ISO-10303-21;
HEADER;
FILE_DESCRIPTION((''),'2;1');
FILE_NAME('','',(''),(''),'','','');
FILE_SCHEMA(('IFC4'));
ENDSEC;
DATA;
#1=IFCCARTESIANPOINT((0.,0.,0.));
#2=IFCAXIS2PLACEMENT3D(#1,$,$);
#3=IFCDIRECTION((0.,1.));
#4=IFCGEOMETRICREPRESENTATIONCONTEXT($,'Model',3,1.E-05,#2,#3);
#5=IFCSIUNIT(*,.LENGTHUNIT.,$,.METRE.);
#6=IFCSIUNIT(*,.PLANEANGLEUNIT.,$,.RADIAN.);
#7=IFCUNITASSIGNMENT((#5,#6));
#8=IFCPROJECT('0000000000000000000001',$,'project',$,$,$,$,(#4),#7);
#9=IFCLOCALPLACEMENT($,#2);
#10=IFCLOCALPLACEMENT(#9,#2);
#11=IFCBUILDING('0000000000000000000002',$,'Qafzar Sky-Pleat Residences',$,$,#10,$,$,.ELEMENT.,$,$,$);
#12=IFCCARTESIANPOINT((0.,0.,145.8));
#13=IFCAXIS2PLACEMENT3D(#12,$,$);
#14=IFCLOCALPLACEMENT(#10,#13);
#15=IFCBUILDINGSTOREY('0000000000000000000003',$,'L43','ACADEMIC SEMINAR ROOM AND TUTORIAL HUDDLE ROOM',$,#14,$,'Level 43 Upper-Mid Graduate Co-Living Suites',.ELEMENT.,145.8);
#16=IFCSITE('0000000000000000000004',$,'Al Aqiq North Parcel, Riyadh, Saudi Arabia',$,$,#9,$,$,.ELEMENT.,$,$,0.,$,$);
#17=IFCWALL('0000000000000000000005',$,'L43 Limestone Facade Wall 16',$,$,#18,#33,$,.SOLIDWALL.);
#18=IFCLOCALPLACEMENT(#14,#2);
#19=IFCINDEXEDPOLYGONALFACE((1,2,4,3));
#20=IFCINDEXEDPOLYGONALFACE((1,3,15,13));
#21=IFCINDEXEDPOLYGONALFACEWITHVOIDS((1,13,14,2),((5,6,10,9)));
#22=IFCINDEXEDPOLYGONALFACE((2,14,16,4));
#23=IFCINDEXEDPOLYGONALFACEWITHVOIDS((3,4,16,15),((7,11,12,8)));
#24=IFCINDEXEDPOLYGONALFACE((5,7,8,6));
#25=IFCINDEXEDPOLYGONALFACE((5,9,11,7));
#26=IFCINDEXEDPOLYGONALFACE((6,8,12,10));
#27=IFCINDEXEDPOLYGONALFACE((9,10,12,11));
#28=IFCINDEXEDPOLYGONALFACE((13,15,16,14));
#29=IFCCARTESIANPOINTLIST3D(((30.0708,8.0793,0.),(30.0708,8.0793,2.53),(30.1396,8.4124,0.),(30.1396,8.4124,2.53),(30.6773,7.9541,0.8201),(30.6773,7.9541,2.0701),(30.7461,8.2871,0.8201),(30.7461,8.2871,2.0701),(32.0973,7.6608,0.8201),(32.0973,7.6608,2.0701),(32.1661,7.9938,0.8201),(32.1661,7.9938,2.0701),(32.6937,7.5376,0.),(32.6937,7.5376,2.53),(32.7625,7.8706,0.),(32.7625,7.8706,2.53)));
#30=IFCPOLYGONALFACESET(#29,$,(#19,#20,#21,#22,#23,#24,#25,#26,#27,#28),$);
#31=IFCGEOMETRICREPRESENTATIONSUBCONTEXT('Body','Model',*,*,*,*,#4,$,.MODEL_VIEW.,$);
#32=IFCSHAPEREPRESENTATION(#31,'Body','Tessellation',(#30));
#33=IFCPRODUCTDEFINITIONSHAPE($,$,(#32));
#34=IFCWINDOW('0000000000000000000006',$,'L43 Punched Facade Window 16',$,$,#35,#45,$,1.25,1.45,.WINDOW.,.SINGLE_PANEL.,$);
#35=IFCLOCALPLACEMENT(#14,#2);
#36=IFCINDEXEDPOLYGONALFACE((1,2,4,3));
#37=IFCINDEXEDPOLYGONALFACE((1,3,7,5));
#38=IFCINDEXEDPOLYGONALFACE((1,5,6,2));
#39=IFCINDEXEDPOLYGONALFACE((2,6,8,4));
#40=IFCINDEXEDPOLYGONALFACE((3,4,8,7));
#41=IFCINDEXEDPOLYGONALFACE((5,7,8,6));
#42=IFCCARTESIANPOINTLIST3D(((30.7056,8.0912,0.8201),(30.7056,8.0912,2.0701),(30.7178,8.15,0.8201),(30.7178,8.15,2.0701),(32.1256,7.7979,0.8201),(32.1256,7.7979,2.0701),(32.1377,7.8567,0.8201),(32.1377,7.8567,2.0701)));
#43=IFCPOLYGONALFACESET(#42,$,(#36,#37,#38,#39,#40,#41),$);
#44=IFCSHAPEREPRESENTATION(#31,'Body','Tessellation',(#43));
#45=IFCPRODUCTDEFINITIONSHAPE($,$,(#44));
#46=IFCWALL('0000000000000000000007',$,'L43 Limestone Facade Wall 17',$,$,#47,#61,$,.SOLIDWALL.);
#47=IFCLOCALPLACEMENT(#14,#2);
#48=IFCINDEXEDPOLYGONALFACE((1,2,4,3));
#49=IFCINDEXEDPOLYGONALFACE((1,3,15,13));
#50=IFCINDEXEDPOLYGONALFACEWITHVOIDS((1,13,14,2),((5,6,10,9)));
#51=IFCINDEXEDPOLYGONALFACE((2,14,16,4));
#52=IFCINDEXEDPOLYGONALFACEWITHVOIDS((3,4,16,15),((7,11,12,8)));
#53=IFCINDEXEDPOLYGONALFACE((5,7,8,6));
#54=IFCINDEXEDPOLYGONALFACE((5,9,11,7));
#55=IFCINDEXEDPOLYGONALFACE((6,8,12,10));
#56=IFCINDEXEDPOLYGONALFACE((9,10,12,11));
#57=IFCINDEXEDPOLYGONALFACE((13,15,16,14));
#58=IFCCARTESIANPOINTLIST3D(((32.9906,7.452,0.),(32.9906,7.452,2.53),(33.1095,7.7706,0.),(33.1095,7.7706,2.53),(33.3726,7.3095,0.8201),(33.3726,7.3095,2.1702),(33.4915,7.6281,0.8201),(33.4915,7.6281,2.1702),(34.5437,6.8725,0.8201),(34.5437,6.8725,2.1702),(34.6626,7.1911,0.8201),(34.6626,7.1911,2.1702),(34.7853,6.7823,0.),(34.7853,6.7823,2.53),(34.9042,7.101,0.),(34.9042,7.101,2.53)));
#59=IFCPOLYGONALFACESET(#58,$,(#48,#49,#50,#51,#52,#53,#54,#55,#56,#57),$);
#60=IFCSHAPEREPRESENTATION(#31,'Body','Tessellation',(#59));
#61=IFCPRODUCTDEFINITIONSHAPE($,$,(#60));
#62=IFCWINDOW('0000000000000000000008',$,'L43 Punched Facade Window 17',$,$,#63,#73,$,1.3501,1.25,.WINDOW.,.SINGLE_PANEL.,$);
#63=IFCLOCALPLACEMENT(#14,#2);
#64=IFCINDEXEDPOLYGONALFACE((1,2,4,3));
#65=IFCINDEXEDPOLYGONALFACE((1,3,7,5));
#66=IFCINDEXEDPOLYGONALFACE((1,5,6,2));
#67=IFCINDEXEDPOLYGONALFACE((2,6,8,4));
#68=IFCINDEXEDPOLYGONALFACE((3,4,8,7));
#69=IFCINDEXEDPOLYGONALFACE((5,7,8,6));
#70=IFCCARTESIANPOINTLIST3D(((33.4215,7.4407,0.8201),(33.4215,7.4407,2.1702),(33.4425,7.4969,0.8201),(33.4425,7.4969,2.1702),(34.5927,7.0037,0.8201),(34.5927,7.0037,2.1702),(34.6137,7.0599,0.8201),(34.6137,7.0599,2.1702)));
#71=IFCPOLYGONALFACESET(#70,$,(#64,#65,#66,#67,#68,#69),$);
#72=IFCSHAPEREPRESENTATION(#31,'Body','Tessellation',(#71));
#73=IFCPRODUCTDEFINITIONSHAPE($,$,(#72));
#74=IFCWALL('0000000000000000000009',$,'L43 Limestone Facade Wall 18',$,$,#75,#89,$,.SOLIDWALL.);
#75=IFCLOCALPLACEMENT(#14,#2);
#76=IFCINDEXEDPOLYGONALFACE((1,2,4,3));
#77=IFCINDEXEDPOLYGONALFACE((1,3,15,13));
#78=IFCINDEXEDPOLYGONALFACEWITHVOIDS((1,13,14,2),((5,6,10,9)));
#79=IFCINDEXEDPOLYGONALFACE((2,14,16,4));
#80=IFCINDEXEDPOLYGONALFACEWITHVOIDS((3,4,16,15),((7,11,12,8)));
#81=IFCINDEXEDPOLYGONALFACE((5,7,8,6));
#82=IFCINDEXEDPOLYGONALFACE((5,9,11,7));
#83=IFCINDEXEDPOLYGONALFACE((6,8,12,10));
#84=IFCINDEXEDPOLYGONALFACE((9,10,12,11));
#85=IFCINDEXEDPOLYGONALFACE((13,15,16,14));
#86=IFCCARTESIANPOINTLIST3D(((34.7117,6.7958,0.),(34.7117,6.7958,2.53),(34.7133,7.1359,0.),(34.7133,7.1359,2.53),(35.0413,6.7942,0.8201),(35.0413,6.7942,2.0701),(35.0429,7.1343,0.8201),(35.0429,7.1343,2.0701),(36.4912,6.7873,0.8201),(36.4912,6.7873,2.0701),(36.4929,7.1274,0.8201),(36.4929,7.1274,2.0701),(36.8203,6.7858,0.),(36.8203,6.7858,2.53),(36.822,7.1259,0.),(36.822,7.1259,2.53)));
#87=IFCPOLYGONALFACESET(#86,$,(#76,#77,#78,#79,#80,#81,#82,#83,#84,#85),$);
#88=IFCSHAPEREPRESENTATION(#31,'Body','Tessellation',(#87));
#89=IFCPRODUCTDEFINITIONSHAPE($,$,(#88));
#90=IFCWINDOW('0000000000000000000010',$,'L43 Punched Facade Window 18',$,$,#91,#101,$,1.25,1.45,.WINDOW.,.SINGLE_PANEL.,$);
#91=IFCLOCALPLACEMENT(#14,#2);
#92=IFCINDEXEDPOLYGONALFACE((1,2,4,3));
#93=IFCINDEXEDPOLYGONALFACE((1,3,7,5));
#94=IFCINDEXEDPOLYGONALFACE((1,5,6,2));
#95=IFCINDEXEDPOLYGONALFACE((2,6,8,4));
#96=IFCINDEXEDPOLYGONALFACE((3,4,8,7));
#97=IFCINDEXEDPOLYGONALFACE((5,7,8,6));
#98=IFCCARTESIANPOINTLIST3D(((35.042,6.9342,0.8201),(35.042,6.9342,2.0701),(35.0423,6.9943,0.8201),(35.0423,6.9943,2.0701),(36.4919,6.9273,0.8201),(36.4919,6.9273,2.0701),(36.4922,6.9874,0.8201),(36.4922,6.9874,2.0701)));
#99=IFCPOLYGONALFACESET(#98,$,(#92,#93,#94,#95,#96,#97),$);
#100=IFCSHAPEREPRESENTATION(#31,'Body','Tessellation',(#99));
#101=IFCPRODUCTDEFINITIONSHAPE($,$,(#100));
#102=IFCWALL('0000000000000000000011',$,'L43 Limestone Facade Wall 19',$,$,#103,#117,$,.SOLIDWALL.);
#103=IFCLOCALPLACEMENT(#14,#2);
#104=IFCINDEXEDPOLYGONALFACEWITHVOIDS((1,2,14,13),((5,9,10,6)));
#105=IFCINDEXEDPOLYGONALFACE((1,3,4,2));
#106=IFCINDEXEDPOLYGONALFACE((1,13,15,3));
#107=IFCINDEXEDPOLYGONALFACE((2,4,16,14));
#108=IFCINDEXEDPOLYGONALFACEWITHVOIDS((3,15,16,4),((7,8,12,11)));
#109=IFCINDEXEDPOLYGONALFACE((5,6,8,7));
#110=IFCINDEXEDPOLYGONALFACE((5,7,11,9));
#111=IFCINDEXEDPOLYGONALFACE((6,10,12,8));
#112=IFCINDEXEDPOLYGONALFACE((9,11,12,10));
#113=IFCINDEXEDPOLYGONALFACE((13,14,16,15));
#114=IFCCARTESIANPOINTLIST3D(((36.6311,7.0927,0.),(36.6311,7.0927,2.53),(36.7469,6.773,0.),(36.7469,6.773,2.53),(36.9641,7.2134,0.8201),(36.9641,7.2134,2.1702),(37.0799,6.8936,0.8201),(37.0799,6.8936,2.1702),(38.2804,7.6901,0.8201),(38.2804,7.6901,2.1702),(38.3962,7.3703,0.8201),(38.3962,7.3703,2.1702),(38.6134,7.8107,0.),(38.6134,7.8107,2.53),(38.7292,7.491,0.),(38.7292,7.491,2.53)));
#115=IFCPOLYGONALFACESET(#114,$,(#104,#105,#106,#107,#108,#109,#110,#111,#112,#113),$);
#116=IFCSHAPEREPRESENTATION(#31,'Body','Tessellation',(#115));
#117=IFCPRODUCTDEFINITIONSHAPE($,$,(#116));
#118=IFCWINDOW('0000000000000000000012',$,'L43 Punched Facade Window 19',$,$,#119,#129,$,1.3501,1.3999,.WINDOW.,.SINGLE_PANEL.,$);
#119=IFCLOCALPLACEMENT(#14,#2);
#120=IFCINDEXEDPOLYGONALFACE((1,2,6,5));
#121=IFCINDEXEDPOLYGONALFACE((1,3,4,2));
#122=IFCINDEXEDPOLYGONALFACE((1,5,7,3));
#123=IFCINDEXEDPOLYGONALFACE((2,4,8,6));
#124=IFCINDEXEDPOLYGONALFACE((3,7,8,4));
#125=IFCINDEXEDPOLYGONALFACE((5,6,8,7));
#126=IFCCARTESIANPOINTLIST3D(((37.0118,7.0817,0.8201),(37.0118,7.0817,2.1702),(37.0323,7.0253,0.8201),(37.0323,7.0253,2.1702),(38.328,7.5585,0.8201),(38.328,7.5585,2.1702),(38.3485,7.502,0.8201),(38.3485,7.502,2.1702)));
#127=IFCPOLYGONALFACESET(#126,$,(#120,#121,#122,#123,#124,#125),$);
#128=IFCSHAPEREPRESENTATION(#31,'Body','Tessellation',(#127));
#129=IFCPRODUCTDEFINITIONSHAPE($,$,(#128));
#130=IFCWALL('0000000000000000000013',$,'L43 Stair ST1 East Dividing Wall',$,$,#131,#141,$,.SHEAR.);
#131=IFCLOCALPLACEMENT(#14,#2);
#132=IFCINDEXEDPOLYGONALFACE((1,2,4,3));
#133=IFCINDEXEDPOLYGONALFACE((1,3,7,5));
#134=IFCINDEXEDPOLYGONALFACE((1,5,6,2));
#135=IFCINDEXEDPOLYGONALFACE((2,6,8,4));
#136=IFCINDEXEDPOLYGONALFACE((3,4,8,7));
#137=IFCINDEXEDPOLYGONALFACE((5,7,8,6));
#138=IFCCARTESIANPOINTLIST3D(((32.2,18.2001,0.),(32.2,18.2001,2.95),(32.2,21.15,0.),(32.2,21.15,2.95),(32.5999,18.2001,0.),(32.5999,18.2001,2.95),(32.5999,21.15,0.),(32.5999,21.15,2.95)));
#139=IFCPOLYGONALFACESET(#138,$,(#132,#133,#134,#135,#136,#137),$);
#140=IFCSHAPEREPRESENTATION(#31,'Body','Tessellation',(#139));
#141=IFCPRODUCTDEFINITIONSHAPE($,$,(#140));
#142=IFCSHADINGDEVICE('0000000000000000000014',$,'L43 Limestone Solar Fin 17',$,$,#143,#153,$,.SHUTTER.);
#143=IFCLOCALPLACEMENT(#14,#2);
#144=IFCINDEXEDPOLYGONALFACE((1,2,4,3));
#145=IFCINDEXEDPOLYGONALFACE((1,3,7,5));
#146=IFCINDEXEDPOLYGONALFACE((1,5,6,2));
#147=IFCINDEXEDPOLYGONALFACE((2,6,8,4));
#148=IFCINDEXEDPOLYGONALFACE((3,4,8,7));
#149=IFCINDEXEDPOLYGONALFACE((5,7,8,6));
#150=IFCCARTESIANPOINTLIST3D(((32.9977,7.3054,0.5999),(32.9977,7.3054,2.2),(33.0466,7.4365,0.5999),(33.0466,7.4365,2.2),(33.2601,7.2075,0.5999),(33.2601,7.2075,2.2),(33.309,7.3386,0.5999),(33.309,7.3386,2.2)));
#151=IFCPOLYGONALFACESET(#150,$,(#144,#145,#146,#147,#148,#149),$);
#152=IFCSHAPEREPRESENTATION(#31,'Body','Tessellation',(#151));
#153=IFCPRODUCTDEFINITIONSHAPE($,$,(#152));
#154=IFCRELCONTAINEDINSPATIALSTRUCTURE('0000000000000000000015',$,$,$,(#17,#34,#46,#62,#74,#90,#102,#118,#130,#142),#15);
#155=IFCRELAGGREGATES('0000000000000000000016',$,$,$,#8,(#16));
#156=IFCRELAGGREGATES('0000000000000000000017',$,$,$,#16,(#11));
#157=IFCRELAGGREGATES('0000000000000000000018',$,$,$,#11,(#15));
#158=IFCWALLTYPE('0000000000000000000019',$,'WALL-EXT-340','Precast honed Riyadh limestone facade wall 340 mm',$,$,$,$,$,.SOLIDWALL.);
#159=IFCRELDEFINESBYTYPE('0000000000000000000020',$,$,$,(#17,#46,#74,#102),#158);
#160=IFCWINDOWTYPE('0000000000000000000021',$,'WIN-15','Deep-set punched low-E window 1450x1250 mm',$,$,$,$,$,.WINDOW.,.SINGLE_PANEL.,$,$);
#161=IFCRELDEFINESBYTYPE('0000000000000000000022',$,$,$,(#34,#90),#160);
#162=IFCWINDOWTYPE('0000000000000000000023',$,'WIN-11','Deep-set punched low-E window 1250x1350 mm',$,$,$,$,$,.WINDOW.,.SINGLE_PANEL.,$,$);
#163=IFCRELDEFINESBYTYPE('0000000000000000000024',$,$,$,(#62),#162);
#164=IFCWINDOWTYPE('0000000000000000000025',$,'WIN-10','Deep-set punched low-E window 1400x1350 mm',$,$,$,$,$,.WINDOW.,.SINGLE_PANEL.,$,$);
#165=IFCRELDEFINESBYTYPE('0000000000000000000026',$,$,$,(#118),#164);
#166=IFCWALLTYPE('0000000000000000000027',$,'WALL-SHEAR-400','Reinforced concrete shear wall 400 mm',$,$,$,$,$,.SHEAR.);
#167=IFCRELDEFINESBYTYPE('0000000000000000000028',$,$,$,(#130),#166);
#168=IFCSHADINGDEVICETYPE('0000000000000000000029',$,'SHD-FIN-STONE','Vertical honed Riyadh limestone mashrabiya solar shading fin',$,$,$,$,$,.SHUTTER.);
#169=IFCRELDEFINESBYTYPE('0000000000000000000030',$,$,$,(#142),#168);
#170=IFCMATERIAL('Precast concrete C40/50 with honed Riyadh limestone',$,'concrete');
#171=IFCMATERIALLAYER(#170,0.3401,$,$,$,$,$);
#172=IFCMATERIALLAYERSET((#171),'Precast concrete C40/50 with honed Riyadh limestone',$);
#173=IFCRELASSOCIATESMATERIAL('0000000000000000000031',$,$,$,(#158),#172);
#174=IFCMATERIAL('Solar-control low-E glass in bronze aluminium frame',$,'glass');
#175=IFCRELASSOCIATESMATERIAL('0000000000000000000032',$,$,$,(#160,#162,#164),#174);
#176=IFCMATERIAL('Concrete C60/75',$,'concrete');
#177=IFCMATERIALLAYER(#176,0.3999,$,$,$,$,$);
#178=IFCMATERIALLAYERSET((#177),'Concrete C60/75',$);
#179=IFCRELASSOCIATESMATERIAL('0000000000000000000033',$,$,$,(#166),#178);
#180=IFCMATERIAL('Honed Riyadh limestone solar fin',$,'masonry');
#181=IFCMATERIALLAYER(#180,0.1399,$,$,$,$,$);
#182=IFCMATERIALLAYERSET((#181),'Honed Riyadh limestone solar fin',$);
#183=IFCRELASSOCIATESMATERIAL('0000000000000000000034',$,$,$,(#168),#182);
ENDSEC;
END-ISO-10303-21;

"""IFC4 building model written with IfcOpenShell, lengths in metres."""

from ifc_helpers import new_model, si_unit, direction, frame, frame_2d, origin, origin_2d, place, context, subcontext, project, spatial, rectangle, extrude, source, transform, mapped, material, layer, layer_set, type_object, element, fill, save


model = new_model("IFC4")

# Units and contexts
model_context = context("Model", 3, precision=1e-05, world=origin(), true_north=direction((0.0, 1.0)))
body_context = subcontext(model_context, "Body", "Model", "MODEL_VIEW")
ifc_project = project(units=[si_unit("LENGTHUNIT", "METRE"), si_unit("PLANEANGLEUNIT", "RADIAN")], contexts=[model_context])

# Site, building, storey
site_placement = place(None, origin())
site = spatial("IfcSite", under=ifc_project, at=site_placement, Name="Al Aqiq North Parcel, Riyadh, Saudi Arabia", CompositionType="ELEMENT", RefElevation=0.0)
building_placement = place(site_placement, origin())
building = spatial("IfcBuilding", under=site, at=building_placement, Name="Qafzar Sky-Pleat Residences", CompositionType="ELEMENT")
storey_placement = place(building_placement, frame((0.0, 0.0, 145.8)))
storey = spatial("IfcBuildingStorey", under=building, at=storey_placement, Name="L43", Description="ACADEMIC SEMINAR ROOM AND TUTORIAL HUDDLE ROOM", LongName="Level 43 Upper-Mid Graduate Co-Living Suites", CompositionType="ELEMENT", Elevation=145.8)

# Shared definitions
ifc_material_1 = material(Name="Concrete C60/75", Category="concrete")

# Walls, openings, windows
ifc_material_2 = material(Name="Precast concrete C40/50 with honed Riyadh limestone", Category="concrete")
ifc_layer_1 = layer(ifc_material_2, 0.3401)
ifc_layer_set_1 = layer_set([ifc_layer_1], Name="Precast concrete C40/50 with honed Riyadh limestone")
wall_type_1 = type_object("IfcWallType", Name="WALL-EXT-340", Description="Precast honed Riyadh limestone facade wall 340 mm", PredefinedType="SOLIDWALL", material=ifc_layer_set_1)
ifc_material_3 = material(Name="Solar-control low-E glass in bronze aluminium frame", Category="glass")
wall_1_placement = place(storey_placement, frame((30.1052, 8.2458, 0.0), z_axis=(0.0, 0.0, 1.0), x_axis=(0.979327, -0.202283, 0.0)))
wall_1 = element("IfcWall", 1, at=wall_1_placement, inside=storey, type_object=wall_type_1, Name="L43 Limestone Facade Wall 16", PredefinedType="SOLIDWALL", context=body_context, shape_type="SweptSolid", body=[
    extrude(rectangle(XDim=2.6782, YDim=0.3401, at=frame_2d((1.3391, 0.0))), origin(), (0.0, 0.0, 1.0), 2.53),
])
opening_1_placement = place(wall_1_placement, frame((0.6191, 0.0, 0.8201)))
opening_1 = element("IfcOpeningElement", 2, at=opening_1_placement, cuts=wall_1, PredefinedType="OPENING", context=body_context, shape_type="SweptSolid", body=[
    extrude(rectangle(XDim=1.45, YDim=1.25, at=frame_2d((0.7251, 0.625))), frame((0.0, 0.1802, 0.0), z_axis=(0.0, -1.0, 0.0), x_axis=(1.0, 0.0, 0.0)), (0.0, 0.0, 1.0), 0.3601),
])
window_type_1 = type_object("IfcWindowType", Name="WIN-15", Description="Deep-set punched low-E window 1450x1250 mm", PartitioningType="SINGLE_PANEL", PredefinedType="WINDOW", material=ifc_material_3)
shared_shape_1 = source(origin(), body_context, "Body", "SweptSolid", [
    extrude(rectangle(XDim=1.45, YDim=1.25, at=frame_2d((0.7251, 0.625))), frame((0.0, 0.03, 0.0), z_axis=(0.0, -1.0, 0.0), x_axis=(1.0, 0.0, 0.0)), (0.0, 0.0, 1.0), 0.0601),
])
window_1_placement = place(opening_1_placement, origin())
window_1 = element("IfcWindow", 3, at=window_1_placement, inside=storey, type_object=window_type_1, Name="L43 Punched Facade Window 16", OverallHeight=1.25, OverallWidth=1.45, PartitioningType="SINGLE_PANEL", PredefinedType="WINDOW", context=body_context, shape_type="MappedRepresentation", body=[
    mapped(shared_shape_1, transform((0.0, 0.0, 0.0), x_axis=(1.0, 0.0, 0.0), y_axis=(0.0, 1.0, 0.0), z_axis=(0.0, 0.0, 1.0), scale=1.0)),
])
fill(opening_1, window_1)
wall_2_placement = place(storey_placement, frame((33.05, 7.6113, 0.0), z_axis=(0.0, 0.0, 1.0), x_axis=(0.936899, -0.349601, 0.0)))
wall_2 = element("IfcWall", 4, at=wall_2_placement, inside=storey, type_object=wall_type_1, Name="L43 Limestone Facade Wall 17", PredefinedType="SOLIDWALL", context=body_context, shape_type="SweptSolid", body=[
    extrude(rectangle(XDim=1.9155, YDim=0.3401, at=frame_2d((0.9578, 0.0))), origin(), (0.0, 0.0, 1.0), 2.53),
])
opening_2_placement = place(wall_2_placement, frame((0.4077, 0.0, 0.8201)))
opening_2 = element("IfcOpeningElement", 5, at=opening_2_placement, cuts=wall_2, PredefinedType="OPENING", context=body_context, shape_type="SweptSolid", body=[
    extrude(rectangle(XDim=1.25, YDim=1.3501, at=frame_2d((0.625, 0.675))), frame((0.0, 0.1802, 0.0), z_axis=(0.0, -1.0, 0.0), x_axis=(1.0, 0.0, 0.0)), (0.0, 0.0, 1.0), 0.3601),
])
window_type_2 = type_object("IfcWindowType", Name="WIN-11", Description="Deep-set punched low-E window 1250x1350 mm", PartitioningType="SINGLE_PANEL", PredefinedType="WINDOW", material=ifc_material_3)
shared_shape_2 = source(origin(), body_context, "Body", "SweptSolid", [
    extrude(rectangle(XDim=1.25, YDim=1.3501, at=frame_2d((0.625, 0.675))), frame((0.0, 0.03, 0.0), z_axis=(0.0, -1.0, 0.0), x_axis=(1.0, 0.0, 0.0)), (0.0, 0.0, 1.0), 0.0601),
])
window_2_placement = place(opening_2_placement, origin())
window_2 = element("IfcWindow", 6, at=window_2_placement, inside=storey, type_object=window_type_2, Name="L43 Punched Facade Window 17", OverallHeight=1.3501, OverallWidth=1.25, PartitioningType="SINGLE_PANEL", PredefinedType="WINDOW", context=body_context, shape_type="MappedRepresentation", body=[
    mapped(shared_shape_2, transform((0.0, 0.0, 0.0), x_axis=(1.0, 0.0, 0.0), y_axis=(0.0, 1.0, 0.0), z_axis=(0.0, 0.0, 1.0), scale=1.0)),
])
fill(opening_2, window_2)
wall_3_placement = place(storey_placement, frame((34.7126, 6.9658, 0.0), z_axis=(0.0, 0.0, 1.0), x_axis=(0.999989, -0.004747, 0.0)))
wall_3 = element("IfcWall", 7, at=wall_3_placement, inside=storey, type_object=wall_type_1, Name="L43 Limestone Facade Wall 18", PredefinedType="SOLIDWALL", context=body_context, shape_type="SweptSolid", body=[
    extrude(rectangle(XDim=2.1086, YDim=0.3401, at=frame_2d((1.0542, 0.0))), origin(), (0.0, 0.0, 1.0), 2.53),
])
opening_3_placement = place(wall_3_placement, frame((0.3293, 0.0, 0.8201)))
opening_3 = element("IfcOpeningElement", 8, at=opening_3_placement, cuts=wall_3, PredefinedType="OPENING", context=body_context, shape_type="SweptSolid", body=[
    extrude(rectangle(XDim=1.45, YDim=1.25, at=frame_2d((0.7251, 0.625))), frame((0.0, 0.1802, 0.0), z_axis=(0.0, -1.0, 0.0), x_axis=(1.0, 0.0, 0.0)), (0.0, 0.0, 1.0), 0.3601),
])
window_3_placement = place(opening_3_placement, origin())
window_3 = element("IfcWindow", 9, at=window_3_placement, inside=storey, type_object=window_type_1, Name="L43 Punched Facade Window 18", OverallHeight=1.25, OverallWidth=1.45, PartitioningType="SINGLE_PANEL", PredefinedType="WINDOW", context=body_context, shape_type="MappedRepresentation", body=[
    mapped(shared_shape_1, transform((0.0, 0.0, 0.0), x_axis=(1.0, 0.0, 0.0), y_axis=(0.0, 1.0, 0.0), z_axis=(0.0, 0.0, 1.0), scale=1.0)),
])
fill(opening_3, window_3)
wall_4_placement = place(storey_placement, frame((36.689, 6.9329, 0.0), z_axis=(0.0, 0.0, 1.0), x_axis=(0.940229, 0.340543, 0.0)))
wall_4 = element("IfcWall", 10, at=wall_4_placement, inside=storey, type_object=wall_type_1, Name="L43 Limestone Facade Wall 19", PredefinedType="SOLIDWALL", context=body_context, shape_type="SweptSolid", body=[
    extrude(rectangle(XDim=2.1084, YDim=0.3401, at=frame_2d((1.0542, 0.0))), origin(), (0.0, 0.0, 1.0), 2.53),
])
opening_4_placement = place(wall_4_placement, frame((0.3542, 0.0, 0.8201)))
opening_4 = element("IfcOpeningElement", 11, at=opening_4_placement, cuts=wall_4, PredefinedType="OPENING", context=body_context, shape_type="SweptSolid", body=[
    extrude(rectangle(XDim=1.3999, YDim=1.3501, at=frame_2d((0.7, 0.675))), frame((0.0, 0.1802, 0.0), z_axis=(0.0, -1.0, 0.0), x_axis=(1.0, 0.0, 0.0)), (0.0, 0.0, 1.0), 0.3601),
])
window_type_3 = type_object("IfcWindowType", Name="WIN-10", Description="Deep-set punched low-E window 1400x1350 mm", PartitioningType="SINGLE_PANEL", PredefinedType="WINDOW", material=ifc_material_3)
shared_shape_3 = source(origin(), body_context, "Body", "SweptSolid", [
    extrude(rectangle(XDim=1.3999, YDim=1.3501, at=frame_2d((0.7, 0.675))), frame((0.0, 0.03, 0.0), z_axis=(0.0, -1.0, 0.0), x_axis=(1.0, 0.0, 0.0)), (0.0, 0.0, 1.0), 0.0601),
])
window_4_placement = place(opening_4_placement, origin())
window_4 = element("IfcWindow", 12, at=window_4_placement, inside=storey, type_object=window_type_3, Name="L43 Punched Facade Window 19", OverallHeight=1.3501, OverallWidth=1.3999, PartitioningType="SINGLE_PANEL", PredefinedType="WINDOW", context=body_context, shape_type="MappedRepresentation", body=[
    mapped(shared_shape_3, transform((0.0, 0.0, 0.0), x_axis=(1.0, 0.0, 0.0), y_axis=(0.0, 1.0, 0.0), z_axis=(0.0, 0.0, 1.0), scale=1.0)),
])
fill(opening_4, window_4)

# Wall
ifc_layer_2 = layer(ifc_material_1, 0.3999)
ifc_layer_set_2 = layer_set([ifc_layer_2], Name="Concrete C60/75")
wall_type_2 = type_object("IfcWallType", Name="WALL-SHEAR-400", Description="Reinforced concrete shear wall 400 mm", PredefinedType="SHEAR", material=ifc_layer_set_2)
wall_5_placement = place(storey_placement, frame((32.3999, 18.2, 0.0), z_axis=(0.0, 0.0, 1.0), x_axis=(0.0, 1.0, 0.0)))
element("IfcWall", 13, at=wall_5_placement, inside=storey, type_object=wall_type_2, Name="L43 Stair ST1 East Dividing Wall", PredefinedType="SHEAR", context=body_context, shape_type="SweptSolid", body=[
    extrude(rectangle(XDim=2.95, YDim=0.3999, at=frame_2d((1.4751, 0.0))), origin(), (0.0, 0.0, 1.0), 2.95),
])

# Shading device
ifc_material_4 = material(Name="Honed Riyadh limestone solar fin", Category="masonry")
ifc_layer_3 = layer(ifc_material_4, 0.1399)
ifc_layer_set_3 = layer_set([ifc_layer_3], Name="Honed Riyadh limestone solar fin")
shading_device_type = type_object("IfcShadingDeviceType", Name="SHD-FIN-STONE", Description="Vertical honed Riyadh limestone mashrabiya solar shading fin", PredefinedType="SHUTTER", material=ifc_layer_set_3)
shared_shape_4 = source(origin(), body_context, "Body", "SweptSolid", [
    extrude(rectangle(XDim=0.1399, YDim=0.28, at=origin_2d()), origin(), (0.0, 0.0, 1.0), 1.6001),
])
shading_device_placement = place(storey_placement, frame((33.1533, 7.322, 0.5999), z_axis=(0.0, 0.0, 1.0), x_axis=(-0.349549, -0.936918, 0.0)))
element("IfcShadingDevice", 14, at=shading_device_placement, inside=storey, type_object=shading_device_type, Name="L43 Limestone Solar Fin 17", PredefinedType="SHUTTER", context=body_context, shape_type="MappedRepresentation", body=[
    mapped(shared_shape_4, transform((0.0, 0.0, 0.0), x_axis=(1.0, 0.0, 0.0), y_axis=(0.0, 1.0, 0.0), z_axis=(0.0, 0.0, 1.0), scale=1.0)),
])

save(model, "model.ifc")
